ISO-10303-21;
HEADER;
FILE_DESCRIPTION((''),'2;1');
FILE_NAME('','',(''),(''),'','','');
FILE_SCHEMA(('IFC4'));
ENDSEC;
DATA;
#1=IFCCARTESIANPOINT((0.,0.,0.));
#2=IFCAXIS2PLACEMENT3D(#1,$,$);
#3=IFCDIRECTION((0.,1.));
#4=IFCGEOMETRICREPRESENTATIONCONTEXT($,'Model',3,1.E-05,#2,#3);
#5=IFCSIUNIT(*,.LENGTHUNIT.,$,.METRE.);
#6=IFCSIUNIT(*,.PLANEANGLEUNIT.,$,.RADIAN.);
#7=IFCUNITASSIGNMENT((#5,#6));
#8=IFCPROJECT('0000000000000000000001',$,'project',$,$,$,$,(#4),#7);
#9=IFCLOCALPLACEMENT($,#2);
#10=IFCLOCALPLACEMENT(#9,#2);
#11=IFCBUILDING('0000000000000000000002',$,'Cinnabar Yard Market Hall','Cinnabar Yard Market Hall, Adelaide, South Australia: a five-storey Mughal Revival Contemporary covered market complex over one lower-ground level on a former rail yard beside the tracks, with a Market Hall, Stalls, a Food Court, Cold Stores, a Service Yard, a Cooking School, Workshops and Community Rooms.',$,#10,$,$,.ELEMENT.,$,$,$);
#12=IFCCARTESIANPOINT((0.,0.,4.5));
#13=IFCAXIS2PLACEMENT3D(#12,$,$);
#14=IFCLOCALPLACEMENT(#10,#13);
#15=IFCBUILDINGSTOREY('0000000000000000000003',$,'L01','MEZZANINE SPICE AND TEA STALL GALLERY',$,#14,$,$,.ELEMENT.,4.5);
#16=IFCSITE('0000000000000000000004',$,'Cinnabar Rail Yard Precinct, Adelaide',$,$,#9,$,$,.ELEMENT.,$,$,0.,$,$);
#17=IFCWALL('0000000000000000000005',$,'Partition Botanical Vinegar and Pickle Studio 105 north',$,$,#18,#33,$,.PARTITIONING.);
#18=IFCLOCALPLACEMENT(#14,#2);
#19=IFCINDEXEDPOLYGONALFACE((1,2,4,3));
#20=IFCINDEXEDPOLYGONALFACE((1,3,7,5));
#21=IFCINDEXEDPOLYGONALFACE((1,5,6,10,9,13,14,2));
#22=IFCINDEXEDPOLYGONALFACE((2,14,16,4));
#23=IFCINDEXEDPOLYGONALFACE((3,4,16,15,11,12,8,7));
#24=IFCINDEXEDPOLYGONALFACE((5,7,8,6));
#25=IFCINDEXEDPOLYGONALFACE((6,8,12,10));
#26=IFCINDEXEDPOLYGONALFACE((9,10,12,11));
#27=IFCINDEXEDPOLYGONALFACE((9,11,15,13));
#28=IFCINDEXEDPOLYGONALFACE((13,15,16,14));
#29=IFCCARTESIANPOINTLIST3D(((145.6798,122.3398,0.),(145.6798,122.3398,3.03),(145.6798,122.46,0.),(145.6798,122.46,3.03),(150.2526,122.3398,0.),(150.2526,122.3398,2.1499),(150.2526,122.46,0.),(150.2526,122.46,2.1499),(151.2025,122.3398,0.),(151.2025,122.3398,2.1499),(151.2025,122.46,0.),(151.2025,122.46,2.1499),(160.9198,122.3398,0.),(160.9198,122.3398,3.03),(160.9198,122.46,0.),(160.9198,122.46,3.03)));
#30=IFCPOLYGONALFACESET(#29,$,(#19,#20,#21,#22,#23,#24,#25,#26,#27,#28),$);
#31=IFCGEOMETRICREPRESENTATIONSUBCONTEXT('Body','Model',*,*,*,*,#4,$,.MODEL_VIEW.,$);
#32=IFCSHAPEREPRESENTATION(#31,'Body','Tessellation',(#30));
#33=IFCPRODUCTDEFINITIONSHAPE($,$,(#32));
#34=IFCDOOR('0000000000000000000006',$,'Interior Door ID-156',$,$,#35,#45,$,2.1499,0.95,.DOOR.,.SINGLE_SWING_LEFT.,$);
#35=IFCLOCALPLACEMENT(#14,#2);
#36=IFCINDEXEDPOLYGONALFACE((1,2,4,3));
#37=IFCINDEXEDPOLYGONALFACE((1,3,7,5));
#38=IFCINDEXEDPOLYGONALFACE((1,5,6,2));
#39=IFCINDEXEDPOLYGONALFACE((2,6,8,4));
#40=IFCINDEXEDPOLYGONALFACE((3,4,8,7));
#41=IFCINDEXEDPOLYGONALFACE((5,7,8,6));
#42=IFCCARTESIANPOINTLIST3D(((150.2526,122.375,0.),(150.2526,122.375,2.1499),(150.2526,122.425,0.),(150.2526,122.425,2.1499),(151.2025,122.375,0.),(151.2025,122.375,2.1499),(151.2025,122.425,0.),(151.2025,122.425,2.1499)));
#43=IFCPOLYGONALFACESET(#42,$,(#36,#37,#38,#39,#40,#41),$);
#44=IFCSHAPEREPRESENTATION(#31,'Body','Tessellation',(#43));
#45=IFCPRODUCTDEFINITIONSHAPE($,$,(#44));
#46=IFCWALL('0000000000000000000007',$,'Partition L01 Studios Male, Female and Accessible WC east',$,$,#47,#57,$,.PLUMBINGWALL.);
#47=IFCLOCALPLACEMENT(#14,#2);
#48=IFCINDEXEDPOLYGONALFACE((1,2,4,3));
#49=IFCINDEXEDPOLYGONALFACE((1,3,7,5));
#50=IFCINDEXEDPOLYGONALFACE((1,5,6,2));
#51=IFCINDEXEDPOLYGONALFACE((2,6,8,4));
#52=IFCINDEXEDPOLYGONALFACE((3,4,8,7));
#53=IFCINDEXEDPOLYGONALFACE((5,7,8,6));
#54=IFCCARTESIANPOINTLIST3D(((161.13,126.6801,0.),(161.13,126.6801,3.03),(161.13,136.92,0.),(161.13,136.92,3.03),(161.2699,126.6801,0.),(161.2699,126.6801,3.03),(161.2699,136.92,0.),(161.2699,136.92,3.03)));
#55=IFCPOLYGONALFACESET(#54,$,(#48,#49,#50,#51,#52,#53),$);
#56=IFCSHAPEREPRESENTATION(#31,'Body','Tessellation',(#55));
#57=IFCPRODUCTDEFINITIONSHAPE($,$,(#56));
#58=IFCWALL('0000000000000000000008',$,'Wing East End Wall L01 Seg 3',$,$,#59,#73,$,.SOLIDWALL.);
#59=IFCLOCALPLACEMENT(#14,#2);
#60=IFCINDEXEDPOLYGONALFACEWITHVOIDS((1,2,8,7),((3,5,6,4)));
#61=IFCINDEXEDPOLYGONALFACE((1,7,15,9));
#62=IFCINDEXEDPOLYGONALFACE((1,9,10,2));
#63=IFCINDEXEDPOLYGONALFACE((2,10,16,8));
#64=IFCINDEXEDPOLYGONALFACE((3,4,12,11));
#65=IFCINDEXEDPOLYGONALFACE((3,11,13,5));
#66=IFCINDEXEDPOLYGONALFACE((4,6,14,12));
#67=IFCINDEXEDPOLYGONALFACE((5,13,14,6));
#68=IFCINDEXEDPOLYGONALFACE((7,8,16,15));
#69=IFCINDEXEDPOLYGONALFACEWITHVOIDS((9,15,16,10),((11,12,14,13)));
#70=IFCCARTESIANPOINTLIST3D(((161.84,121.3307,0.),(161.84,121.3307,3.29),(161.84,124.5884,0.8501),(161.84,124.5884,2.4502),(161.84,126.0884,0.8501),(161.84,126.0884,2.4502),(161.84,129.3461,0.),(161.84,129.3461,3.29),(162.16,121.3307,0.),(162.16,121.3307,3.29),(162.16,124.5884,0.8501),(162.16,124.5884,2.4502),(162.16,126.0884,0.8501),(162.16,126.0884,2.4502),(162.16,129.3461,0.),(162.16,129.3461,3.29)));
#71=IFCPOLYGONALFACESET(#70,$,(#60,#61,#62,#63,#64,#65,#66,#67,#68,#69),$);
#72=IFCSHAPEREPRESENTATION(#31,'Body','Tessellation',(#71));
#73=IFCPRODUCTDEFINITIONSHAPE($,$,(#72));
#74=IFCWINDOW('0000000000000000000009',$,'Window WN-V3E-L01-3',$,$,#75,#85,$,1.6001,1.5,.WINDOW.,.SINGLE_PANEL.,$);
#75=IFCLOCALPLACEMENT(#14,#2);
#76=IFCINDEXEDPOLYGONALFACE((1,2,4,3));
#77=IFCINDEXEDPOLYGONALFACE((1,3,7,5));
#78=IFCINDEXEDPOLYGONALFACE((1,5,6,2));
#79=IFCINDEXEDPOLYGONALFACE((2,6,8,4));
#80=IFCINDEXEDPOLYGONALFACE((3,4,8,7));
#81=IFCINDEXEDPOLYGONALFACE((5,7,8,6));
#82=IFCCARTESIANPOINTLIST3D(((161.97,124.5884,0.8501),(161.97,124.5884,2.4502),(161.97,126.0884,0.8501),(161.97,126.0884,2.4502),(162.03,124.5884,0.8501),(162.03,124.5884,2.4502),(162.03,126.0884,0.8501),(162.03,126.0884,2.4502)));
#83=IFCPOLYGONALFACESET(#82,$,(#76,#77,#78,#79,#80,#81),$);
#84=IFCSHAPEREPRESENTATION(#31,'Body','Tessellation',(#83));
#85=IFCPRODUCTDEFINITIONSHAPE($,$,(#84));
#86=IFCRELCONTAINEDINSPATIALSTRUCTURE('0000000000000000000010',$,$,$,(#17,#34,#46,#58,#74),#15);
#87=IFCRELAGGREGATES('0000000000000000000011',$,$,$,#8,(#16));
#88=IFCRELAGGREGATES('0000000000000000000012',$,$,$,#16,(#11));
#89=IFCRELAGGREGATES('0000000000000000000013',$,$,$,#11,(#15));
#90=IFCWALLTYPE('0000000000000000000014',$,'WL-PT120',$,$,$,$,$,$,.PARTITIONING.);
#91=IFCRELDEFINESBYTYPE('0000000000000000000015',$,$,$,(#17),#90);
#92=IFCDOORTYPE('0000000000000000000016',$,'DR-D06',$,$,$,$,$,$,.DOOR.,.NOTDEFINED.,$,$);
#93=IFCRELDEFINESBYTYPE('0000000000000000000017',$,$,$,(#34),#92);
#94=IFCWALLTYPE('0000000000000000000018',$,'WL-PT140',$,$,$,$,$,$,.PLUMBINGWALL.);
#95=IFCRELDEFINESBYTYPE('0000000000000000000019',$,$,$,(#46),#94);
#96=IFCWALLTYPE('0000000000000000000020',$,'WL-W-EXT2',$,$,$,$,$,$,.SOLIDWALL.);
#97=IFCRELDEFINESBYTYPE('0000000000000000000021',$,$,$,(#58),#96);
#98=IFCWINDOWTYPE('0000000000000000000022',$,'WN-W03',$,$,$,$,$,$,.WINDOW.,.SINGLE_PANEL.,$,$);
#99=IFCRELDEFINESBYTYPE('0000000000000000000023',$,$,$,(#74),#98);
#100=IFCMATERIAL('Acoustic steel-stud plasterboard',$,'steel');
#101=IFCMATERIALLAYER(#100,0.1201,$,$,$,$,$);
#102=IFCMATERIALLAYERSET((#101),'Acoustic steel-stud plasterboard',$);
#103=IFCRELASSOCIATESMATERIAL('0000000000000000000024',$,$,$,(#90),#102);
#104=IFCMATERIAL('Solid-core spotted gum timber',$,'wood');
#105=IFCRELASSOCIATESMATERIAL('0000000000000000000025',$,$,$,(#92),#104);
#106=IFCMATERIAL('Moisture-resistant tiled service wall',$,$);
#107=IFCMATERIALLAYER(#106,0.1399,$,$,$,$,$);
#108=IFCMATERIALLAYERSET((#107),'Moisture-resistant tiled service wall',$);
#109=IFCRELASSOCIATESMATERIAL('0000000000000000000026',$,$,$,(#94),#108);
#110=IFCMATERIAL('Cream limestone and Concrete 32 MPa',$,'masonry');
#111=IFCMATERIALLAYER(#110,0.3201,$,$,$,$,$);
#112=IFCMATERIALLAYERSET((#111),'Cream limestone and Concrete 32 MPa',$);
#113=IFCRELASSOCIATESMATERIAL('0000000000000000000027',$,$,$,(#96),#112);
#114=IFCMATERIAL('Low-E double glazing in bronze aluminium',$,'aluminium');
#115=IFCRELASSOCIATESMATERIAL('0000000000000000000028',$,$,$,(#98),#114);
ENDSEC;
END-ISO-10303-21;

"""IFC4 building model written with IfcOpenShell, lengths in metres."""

from ifc_helpers import new_model, si_unit, direction, frame, frame_2d, origin, place, context, subcontext, project, spatial, rectangle, extrude, material, layer, layer_set, type_object, element, fill, save


model = new_model("IFC4")

# Units and contexts
model_context = context("Model", 3, precision=1e-05, world=origin(), true_north=direction((0.0, 1.0)))
body_context = subcontext(model_context, "Body", "Model", "MODEL_VIEW")
ifc_project = project(units=[si_unit("LENGTHUNIT", "METRE"), si_unit("PLANEANGLEUNIT", "RADIAN")], contexts=[model_context])

# Site, building, storey
site_placement = place(None, origin())
site = spatial("IfcSite", under=ifc_project, at=site_placement, Name="Cinnabar Rail Yard Precinct, Adelaide", CompositionType="ELEMENT", RefElevation=0.0)
building_placement = place(site_placement, origin())
building = spatial("IfcBuilding", under=site, at=building_placement, Name="Cinnabar Yard Market Hall", Description="Cinnabar Yard Market Hall, Adelaide, South Australia: a five-storey Mughal Revival Contemporary covered market complex over one lower-ground level on a former rail yard beside the tracks, with a Market Hall, Stalls, a Food Court, Cold Stores, a Service Yard, a Cooking School, Workshops and Community Rooms.", CompositionType="ELEMENT")
storey_placement = place(building_placement, frame((0.0, 0.0, 4.5)))
storey = spatial("IfcBuildingStorey", under=building, at=storey_placement, Name="L01", Description="MEZZANINE SPICE AND TEA STALL GALLERY", CompositionType="ELEMENT", Elevation=4.5)

# Wall, opening, door
ifc_material_1 = material(Name="Acoustic steel-stud plasterboard", Category="steel")
ifc_layer_1 = layer(ifc_material_1, 0.1201)
ifc_layer_set_1 = layer_set([ifc_layer_1], Name="Acoustic steel-stud plasterboard")
wall_type_1 = type_object("IfcWallType", Name="WL-PT120", PredefinedType="PARTITIONING", material=ifc_layer_set_1)
wall_1_placement = place(storey_placement, frame((160.9199, 122.3999, 0.0), z_axis=(0.0, 0.0, 1.0), x_axis=(-1.0, 0.0, 0.0)))
wall_1 = element("IfcWall", 1, at=wall_1_placement, inside=storey, type_object=wall_type_1, Name="Partition Botanical Vinegar and Pickle Studio 105 north", PredefinedType="PARTITIONING", context=body_context, shape_type="SweptSolid", body=[
    extrude(rectangle(XDim=15.24, YDim=0.1201, at=frame_2d((7.6201, 0.0), x_axis=(1.0, 0.0))), origin(), (0.0, 0.0, 1.0), 3.03),
])
opening_1_placement = place(wall_1_placement, frame((9.7173, 0.0, 0.0)))
opening_1 = element("IfcOpeningElement", 2, at=opening_1_placement, cuts=wall_1, PredefinedType="OPENING", context=body_context, shape_type="SweptSolid", body=[
    extrude(rectangle(XDim=0.95, YDim=2.1499, at=frame_2d((0.4751, 1.075), x_axis=(1.0, 0.0))), frame((0.0, 0.0701, 0.0), z_axis=(0.0, -1.0, 0.0), x_axis=(1.0, 0.0, 0.0)), (0.0, 0.0, 1.0), 0.1401),
])
ifc_material_2 = material(Name="Solid-core spotted gum timber", Category="wood")
door_type = type_object("IfcDoorType", Name="DR-D06", OperationType="NOTDEFINED", PredefinedType="DOOR", material=ifc_material_2)
door_placement = place(opening_1_placement, origin())
door = element("IfcDoor", 3, at=door_placement, inside=storey, type_object=door_type, Name="Interior Door ID-156", OperationType="SINGLE_SWING_LEFT", OverallHeight=2.1499, OverallWidth=0.95, PredefinedType="DOOR", context=body_context, shape_type="SweptSolid", body=[
    extrude(rectangle(XDim=0.95, YDim=2.1499, at=frame_2d((0.4751, 1.075), x_axis=(1.0, 0.0))), frame((0.0, 0.0249, 0.0), z_axis=(0.0, -1.0, 0.0), x_axis=(1.0, 0.0, 0.0)), (0.0, 0.0, 1.0), 0.05),
])
fill(opening_1, door)

# Wall
ifc_material_3 = material(Name="Moisture-resistant tiled service wall")
ifc_layer_2 = layer(ifc_material_3, 0.1399)
ifc_layer_set_2 = layer_set([ifc_layer_2], Name="Moisture-resistant tiled service wall")
wall_type_2 = type_object("IfcWallType", Name="WL-PT140", PredefinedType="PLUMBINGWALL", material=ifc_layer_set_2)
wall_2_placement = place(storey_placement, frame((161.2, 126.6799, 0.0), z_axis=(0.0, 0.0, 1.0), x_axis=(0.0, 1.0, 0.0)))
element("IfcWall", 4, at=wall_2_placement, inside=storey, type_object=wall_type_2, Name="Partition L01 Studios Male, Female and Accessible WC east", PredefinedType="PLUMBINGWALL", context=body_context, shape_type="SweptSolid", body=[
    extrude(rectangle(XDim=10.24, YDim=0.1399, at=frame_2d((5.1201, 0.0), x_axis=(1.0, 0.0))), origin(), (0.0, 0.0, 1.0), 3.03),
])

# Wall, opening, window
ifc_material_4 = material(Name="Cream limestone and Concrete 32 MPa", Category="masonry")
ifc_layer_3 = layer(ifc_material_4, 0.3201)
ifc_layer_set_3 = layer_set([ifc_layer_3], Name="Cream limestone and Concrete 32 MPa")
wall_type_3 = type_object("IfcWallType", Name="WL-W-EXT2", PredefinedType="SOLIDWALL", material=ifc_layer_set_3)
wall_3_placement = place(storey_placement, frame((162.0, 121.3306, 0.0), z_axis=(0.0, 0.0, 1.0), x_axis=(0.0, 1.0, 0.0)))
wall_3 = element("IfcWall", 5, at=wall_3_placement, inside=storey, type_object=wall_type_3, Name="Wing East End Wall L01 Seg 3", PredefinedType="SOLIDWALL", context=body_context, shape_type="SweptSolid", body=[
    extrude(rectangle(XDim=8.0154, YDim=0.3201, at=frame_2d((4.0078, 0.0), x_axis=(1.0, 0.0))), origin(), (0.0, 0.0, 1.0), 3.29),
])
opening_2_placement = place(wall_3_placement, frame((3.2578, 0.0, 0.8501)))
opening_2 = element("IfcOpeningElement", 6, at=opening_2_placement, cuts=wall_3, PredefinedType="OPENING", context=body_context, shape_type="SweptSolid", body=[
    extrude(rectangle(XDim=1.5, YDim=1.6001, at=frame_2d((0.75, 0.8), x_axis=(1.0, 0.0))), frame((0.0, 0.1699, 0.0), z_axis=(0.0, -1.0, 0.0), x_axis=(1.0, 0.0, 0.0)), (0.0, 0.0, 1.0), 0.3401),
])
ifc_material_5 = material(Name="Low-E double glazing in bronze aluminium", Category="aluminium")
window_type = type_object("IfcWindowType", Name="WN-W03", PartitioningType="SINGLE_PANEL", PredefinedType="WINDOW", material=ifc_material_5)
window_placement = place(opening_2_placement, origin())
window = element("IfcWindow", 7, at=window_placement, inside=storey, type_object=window_type, Name="Window WN-V3E-L01-3", OverallHeight=1.6001, OverallWidth=1.5, PartitioningType="SINGLE_PANEL", PredefinedType="WINDOW", context=body_context, shape_type="SweptSolid", body=[
    extrude(rectangle(XDim=1.5, YDim=1.6001, at=frame_2d((0.75, 0.8), x_axis=(1.0, 0.0))), frame((0.0, 0.03, 0.0), z_axis=(0.0, -1.0, 0.0), x_axis=(1.0, 0.0, 0.0)), (0.0, 0.0, 1.0), 0.0601),
])
fill(opening_2, window)

save(model, "model.ifc")
